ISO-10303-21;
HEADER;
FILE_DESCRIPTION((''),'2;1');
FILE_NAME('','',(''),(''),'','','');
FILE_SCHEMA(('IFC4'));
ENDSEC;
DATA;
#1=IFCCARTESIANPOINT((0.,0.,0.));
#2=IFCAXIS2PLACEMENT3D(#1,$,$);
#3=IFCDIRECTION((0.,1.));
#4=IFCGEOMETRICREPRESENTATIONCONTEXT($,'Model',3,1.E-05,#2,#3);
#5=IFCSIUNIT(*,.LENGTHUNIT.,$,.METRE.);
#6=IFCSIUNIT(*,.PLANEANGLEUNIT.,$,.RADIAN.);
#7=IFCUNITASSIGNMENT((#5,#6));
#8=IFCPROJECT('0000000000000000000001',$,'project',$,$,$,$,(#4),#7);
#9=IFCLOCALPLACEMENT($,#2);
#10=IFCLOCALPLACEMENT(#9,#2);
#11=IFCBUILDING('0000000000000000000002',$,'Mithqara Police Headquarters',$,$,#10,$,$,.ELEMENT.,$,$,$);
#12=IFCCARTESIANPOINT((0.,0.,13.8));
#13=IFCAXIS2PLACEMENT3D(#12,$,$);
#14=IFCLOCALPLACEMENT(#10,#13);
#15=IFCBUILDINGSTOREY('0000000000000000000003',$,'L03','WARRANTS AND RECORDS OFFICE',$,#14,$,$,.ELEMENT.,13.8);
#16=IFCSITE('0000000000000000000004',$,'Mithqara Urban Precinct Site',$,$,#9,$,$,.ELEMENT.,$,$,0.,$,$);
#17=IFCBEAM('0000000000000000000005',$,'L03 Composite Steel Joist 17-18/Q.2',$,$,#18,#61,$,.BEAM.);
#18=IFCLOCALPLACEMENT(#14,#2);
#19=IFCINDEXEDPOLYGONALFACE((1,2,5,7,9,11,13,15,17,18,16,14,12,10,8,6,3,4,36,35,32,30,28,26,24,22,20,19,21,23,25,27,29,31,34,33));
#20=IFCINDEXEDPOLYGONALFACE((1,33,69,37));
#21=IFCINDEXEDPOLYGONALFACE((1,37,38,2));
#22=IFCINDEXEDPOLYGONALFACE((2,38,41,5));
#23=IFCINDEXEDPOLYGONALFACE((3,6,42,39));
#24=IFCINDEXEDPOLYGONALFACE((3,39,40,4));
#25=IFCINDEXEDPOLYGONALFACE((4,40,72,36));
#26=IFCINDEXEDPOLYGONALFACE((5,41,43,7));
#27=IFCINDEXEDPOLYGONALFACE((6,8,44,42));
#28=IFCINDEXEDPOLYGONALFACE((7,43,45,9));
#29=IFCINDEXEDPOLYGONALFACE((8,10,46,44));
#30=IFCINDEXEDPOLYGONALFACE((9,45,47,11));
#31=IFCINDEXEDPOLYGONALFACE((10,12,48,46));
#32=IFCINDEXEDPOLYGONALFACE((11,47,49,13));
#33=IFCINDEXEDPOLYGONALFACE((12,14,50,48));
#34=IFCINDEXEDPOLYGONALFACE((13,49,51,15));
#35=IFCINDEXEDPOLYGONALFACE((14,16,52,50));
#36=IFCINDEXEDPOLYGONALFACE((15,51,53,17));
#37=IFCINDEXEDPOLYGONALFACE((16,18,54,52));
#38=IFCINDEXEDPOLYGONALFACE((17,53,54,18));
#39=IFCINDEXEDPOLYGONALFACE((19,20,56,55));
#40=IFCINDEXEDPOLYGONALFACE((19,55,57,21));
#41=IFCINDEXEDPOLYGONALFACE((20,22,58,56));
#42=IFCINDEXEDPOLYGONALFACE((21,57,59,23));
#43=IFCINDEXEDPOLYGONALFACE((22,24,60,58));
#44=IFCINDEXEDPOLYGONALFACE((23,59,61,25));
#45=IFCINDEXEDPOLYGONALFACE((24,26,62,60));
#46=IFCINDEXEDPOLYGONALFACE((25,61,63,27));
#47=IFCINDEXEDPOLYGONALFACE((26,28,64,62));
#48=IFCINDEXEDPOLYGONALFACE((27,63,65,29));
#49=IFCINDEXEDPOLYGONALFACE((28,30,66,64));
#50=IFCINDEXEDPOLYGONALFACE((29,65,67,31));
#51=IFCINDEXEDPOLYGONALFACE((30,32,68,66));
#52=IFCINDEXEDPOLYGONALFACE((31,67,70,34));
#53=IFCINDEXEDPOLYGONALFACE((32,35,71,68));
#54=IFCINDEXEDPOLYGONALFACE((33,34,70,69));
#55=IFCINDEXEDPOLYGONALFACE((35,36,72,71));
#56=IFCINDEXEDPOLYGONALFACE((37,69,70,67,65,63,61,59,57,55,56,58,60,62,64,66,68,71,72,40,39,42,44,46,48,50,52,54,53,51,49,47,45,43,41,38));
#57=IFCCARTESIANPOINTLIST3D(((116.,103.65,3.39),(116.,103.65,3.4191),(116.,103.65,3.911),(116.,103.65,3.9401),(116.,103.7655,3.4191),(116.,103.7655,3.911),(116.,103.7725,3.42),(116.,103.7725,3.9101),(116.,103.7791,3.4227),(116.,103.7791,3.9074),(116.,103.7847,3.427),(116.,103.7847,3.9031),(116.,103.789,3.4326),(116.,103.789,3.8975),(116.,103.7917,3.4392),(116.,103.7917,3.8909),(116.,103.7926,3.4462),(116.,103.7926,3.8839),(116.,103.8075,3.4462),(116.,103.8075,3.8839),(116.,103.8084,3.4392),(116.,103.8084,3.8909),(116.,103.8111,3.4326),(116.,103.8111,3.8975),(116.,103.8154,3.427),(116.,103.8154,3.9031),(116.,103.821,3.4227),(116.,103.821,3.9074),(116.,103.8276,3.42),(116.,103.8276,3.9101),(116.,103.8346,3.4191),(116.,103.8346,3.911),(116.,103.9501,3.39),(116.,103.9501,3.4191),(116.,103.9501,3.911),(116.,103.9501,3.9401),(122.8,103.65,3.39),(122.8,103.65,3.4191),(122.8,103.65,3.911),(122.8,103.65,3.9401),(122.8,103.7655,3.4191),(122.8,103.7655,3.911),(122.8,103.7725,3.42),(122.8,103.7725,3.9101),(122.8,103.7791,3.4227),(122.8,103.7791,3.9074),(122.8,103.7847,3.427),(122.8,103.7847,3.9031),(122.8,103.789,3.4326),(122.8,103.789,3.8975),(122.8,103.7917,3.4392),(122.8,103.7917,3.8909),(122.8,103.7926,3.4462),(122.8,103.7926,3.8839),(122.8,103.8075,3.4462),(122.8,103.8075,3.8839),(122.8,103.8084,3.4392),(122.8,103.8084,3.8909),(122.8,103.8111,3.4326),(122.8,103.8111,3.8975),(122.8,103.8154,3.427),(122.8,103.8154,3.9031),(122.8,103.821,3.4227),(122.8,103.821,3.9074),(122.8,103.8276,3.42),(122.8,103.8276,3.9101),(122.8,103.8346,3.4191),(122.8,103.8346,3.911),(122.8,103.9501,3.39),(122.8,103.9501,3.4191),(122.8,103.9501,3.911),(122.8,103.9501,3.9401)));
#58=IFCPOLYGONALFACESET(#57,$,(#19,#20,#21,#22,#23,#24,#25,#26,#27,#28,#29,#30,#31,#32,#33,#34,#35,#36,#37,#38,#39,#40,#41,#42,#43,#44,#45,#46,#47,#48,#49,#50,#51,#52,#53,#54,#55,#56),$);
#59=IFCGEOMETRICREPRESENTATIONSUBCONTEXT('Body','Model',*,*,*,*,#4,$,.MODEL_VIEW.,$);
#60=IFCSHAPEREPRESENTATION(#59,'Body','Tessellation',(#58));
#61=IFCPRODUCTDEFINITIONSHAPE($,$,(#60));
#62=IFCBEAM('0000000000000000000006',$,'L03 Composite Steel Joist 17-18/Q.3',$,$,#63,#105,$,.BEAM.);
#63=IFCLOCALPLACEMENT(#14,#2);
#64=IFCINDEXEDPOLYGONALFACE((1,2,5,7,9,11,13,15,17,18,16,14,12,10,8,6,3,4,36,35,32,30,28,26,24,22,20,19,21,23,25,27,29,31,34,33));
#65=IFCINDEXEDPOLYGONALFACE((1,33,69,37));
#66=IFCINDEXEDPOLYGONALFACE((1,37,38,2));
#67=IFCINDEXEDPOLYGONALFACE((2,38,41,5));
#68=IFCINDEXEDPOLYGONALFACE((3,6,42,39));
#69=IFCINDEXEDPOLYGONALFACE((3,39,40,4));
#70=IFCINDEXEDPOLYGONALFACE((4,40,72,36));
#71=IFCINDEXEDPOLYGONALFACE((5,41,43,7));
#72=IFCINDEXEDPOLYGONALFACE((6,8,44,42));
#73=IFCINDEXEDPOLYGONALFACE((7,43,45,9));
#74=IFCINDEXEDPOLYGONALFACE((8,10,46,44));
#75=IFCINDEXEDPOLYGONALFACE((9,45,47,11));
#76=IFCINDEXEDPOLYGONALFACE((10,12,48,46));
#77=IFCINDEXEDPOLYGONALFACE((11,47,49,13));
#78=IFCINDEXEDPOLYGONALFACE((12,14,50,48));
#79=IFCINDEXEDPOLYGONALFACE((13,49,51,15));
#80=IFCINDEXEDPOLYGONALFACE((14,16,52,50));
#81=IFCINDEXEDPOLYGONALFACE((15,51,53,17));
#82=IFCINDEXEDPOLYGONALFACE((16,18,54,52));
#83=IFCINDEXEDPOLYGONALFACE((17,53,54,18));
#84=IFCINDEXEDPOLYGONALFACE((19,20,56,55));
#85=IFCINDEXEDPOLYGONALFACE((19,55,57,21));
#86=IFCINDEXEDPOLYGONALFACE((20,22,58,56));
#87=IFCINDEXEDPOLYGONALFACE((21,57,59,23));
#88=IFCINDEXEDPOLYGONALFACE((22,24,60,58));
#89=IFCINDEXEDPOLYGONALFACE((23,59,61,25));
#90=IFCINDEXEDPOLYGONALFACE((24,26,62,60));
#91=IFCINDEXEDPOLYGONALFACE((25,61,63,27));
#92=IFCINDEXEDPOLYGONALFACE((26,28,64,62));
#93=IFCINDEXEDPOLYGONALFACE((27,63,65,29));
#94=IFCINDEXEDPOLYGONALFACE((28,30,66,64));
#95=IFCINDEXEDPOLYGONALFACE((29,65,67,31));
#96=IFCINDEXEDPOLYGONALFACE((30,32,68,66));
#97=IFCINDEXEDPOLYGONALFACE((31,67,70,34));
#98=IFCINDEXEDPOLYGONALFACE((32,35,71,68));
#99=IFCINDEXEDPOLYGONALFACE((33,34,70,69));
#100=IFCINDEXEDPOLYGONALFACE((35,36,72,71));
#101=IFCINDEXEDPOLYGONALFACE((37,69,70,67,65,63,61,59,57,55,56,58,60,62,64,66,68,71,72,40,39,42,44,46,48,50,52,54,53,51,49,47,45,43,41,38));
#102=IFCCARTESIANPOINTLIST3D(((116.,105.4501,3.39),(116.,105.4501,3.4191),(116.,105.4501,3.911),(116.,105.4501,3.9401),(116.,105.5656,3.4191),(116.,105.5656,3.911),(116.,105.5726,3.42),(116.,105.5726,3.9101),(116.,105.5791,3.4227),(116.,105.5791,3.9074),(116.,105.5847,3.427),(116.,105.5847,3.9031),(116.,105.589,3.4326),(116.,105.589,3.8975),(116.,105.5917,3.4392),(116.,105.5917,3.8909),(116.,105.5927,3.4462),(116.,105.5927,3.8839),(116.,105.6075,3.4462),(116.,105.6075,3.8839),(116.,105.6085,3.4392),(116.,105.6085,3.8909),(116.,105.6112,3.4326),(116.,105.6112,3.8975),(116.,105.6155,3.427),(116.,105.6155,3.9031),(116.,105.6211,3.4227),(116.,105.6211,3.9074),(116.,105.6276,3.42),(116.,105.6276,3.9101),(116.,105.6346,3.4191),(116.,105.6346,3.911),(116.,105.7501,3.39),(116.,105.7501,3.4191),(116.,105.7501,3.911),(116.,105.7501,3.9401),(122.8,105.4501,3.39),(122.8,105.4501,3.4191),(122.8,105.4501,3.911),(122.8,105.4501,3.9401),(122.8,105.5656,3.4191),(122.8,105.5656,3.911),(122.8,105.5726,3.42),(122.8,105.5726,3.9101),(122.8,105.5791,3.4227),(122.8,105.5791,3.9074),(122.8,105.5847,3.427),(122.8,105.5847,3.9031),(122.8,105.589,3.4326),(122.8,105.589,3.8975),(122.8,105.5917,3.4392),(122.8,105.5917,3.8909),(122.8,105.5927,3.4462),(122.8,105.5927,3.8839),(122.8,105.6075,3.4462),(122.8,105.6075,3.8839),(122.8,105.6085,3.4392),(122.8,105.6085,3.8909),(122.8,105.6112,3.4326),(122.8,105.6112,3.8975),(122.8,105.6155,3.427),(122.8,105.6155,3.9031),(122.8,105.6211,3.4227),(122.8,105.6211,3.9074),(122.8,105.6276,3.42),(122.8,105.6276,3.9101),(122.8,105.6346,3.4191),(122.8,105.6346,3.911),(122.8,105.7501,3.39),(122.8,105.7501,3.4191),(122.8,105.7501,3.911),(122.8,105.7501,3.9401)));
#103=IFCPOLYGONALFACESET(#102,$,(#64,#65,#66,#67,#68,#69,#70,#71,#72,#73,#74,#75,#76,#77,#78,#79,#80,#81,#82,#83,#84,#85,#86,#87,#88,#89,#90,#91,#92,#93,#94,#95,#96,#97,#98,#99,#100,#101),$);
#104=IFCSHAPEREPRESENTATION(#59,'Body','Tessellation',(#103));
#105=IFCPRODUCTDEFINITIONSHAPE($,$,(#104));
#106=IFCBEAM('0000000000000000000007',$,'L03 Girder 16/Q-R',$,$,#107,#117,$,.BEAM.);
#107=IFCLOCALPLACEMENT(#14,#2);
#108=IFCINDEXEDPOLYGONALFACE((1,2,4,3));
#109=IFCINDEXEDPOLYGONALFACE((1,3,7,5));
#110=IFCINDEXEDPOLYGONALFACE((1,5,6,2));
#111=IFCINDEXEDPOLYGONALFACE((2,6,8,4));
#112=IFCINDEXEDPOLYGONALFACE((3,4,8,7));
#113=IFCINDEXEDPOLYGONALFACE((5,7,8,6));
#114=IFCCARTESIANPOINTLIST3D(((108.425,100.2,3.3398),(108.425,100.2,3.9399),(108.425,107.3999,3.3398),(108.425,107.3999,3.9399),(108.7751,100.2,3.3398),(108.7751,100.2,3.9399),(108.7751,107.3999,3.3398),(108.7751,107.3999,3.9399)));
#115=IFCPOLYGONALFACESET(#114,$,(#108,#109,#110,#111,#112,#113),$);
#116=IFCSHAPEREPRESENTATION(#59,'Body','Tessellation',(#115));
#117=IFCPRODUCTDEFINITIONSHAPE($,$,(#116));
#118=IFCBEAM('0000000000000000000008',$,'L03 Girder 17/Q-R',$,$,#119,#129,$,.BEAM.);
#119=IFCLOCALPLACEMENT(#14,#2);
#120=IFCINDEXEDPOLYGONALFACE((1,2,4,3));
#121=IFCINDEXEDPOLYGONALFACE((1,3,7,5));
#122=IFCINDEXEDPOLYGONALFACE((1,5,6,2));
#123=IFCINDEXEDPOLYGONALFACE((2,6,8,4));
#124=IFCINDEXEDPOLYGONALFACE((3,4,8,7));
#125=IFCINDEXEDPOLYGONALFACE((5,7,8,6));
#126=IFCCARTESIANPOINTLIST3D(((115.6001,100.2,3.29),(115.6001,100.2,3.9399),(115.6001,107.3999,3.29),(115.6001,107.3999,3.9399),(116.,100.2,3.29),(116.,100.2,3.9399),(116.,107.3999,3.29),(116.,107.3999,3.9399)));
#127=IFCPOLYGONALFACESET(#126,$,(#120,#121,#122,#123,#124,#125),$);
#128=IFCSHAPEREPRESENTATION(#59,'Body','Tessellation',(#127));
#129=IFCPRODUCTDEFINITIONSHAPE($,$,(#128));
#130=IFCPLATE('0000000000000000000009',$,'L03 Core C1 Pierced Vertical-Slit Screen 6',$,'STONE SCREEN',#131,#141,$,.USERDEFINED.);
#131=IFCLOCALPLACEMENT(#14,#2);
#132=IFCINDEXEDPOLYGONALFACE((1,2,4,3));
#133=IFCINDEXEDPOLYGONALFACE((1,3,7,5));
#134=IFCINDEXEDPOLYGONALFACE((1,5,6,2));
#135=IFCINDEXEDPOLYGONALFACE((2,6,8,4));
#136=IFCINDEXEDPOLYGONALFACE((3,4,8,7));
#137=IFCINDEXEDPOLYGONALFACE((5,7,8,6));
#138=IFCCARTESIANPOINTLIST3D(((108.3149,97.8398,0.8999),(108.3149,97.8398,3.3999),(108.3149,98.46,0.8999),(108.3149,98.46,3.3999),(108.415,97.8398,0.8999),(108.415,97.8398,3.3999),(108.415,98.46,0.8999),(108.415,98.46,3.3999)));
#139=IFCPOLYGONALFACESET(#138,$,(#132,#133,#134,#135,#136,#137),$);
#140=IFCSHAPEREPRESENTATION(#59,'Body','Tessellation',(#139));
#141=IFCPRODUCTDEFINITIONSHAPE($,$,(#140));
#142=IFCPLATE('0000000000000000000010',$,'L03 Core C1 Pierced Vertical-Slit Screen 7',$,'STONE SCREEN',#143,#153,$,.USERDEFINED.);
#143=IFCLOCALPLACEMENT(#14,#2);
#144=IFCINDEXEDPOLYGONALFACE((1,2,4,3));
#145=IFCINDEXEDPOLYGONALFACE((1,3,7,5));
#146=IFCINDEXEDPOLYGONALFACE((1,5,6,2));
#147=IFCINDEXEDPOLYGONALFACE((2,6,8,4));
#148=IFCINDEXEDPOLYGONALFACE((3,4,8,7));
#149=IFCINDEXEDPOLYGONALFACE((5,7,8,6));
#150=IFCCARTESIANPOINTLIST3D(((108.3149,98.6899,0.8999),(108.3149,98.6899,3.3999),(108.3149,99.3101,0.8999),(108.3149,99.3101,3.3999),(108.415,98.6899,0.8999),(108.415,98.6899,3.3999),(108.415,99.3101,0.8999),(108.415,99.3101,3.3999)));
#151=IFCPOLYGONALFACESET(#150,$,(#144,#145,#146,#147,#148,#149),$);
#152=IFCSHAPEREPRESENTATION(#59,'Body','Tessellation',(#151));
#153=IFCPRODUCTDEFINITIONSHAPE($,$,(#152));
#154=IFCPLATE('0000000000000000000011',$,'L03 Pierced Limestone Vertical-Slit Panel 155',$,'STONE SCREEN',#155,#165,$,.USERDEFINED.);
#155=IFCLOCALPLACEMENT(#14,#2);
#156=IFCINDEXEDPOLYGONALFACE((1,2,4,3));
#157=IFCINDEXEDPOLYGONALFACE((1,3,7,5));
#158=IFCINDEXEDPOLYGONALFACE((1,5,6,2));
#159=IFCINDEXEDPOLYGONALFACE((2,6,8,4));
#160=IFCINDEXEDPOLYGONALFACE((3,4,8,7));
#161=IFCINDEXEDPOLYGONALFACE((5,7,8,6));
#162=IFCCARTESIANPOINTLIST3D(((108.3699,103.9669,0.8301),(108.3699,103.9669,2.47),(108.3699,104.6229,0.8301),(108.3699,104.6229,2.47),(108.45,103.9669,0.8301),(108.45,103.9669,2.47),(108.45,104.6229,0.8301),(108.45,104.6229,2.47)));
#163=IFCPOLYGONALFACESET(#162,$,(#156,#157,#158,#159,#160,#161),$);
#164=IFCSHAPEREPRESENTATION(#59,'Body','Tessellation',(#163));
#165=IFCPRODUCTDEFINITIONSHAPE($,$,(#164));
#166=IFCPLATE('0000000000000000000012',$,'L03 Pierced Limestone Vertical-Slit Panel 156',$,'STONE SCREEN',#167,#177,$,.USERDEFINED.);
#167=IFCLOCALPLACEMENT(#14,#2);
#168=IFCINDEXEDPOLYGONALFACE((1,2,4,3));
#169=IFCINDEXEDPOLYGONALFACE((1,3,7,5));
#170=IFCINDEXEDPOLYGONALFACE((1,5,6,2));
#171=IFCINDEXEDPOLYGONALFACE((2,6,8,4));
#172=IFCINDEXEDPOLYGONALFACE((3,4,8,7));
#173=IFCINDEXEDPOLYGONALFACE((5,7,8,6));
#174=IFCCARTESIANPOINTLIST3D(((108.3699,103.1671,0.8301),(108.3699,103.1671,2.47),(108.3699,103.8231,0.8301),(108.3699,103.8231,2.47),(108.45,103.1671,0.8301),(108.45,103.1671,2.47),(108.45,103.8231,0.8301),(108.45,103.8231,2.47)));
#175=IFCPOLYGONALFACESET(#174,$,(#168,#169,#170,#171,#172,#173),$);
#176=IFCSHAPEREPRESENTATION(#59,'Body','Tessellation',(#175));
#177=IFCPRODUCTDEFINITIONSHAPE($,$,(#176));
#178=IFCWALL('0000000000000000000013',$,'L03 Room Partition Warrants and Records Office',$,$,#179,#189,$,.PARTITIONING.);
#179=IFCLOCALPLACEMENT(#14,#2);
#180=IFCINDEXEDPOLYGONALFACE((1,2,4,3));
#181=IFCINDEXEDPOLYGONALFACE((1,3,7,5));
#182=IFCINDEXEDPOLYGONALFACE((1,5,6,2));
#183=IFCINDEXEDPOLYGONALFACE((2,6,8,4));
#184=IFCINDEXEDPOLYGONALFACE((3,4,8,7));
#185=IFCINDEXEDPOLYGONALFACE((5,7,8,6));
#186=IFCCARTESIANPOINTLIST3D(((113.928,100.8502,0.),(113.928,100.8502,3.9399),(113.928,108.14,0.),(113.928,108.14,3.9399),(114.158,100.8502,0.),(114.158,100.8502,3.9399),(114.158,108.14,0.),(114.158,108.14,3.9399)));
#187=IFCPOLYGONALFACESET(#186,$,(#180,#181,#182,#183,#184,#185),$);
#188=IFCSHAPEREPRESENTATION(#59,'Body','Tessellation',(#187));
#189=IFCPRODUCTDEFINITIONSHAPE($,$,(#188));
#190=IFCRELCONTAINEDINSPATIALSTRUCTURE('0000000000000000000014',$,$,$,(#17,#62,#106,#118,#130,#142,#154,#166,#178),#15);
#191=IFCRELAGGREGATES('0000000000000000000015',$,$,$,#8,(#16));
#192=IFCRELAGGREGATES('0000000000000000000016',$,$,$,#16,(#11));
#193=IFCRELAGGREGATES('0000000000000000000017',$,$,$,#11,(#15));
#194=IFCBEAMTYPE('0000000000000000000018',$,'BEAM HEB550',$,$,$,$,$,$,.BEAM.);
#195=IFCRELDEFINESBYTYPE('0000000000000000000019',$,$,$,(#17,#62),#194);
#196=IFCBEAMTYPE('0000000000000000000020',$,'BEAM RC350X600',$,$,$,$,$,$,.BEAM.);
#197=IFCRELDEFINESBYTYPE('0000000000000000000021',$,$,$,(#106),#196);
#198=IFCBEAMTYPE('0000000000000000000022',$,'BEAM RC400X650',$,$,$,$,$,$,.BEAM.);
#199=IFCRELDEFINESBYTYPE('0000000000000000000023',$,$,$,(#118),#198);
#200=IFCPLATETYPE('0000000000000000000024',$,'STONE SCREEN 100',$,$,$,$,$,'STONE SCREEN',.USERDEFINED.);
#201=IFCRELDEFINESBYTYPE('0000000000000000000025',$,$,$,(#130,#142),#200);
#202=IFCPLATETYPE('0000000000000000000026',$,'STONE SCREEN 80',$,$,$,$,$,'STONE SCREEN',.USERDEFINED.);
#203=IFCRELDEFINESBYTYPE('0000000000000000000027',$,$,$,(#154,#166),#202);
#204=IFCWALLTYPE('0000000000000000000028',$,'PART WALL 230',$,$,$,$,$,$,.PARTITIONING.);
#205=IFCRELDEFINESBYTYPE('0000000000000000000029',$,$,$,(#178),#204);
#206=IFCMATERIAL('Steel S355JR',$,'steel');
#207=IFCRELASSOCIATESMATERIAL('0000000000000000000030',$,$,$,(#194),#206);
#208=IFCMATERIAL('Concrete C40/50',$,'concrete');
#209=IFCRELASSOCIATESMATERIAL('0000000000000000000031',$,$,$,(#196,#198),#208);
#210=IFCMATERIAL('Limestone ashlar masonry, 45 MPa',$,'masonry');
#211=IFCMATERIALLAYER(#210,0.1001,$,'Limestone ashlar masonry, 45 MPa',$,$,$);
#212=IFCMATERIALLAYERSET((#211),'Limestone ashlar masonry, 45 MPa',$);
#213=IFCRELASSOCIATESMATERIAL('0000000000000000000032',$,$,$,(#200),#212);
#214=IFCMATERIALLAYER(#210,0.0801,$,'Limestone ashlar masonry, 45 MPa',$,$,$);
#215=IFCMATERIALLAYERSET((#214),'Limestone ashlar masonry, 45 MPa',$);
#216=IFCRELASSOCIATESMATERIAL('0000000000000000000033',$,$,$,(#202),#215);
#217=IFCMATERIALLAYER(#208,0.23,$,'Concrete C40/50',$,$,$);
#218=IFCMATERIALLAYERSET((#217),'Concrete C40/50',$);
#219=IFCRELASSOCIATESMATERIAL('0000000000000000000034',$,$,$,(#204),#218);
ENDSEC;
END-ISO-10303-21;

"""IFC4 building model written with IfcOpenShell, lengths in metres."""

from ifc_helpers import new_model, si_unit, direction, frame, frame_2d, origin, origin_2d, place, context, subcontext, project, spatial, rectangle, i_section, extrude, material, layer, layer_set, material_profile, profile_set, type_object, element, save


model = new_model("IFC4")

# Units and contexts
model_context = context("Model", 3, precision=1e-05, world=origin(), true_north=direction((0.0, 1.0)))
body_context = subcontext(model_context, "Body", "Model", "MODEL_VIEW")
ifc_project = project(units=[si_unit("LENGTHUNIT", "METRE"), si_unit("PLANEANGLEUNIT", "RADIAN")], contexts=[model_context])

# Site, building, storey
site_placement = place(None, origin())
site = spatial("IfcSite", under=ifc_project, at=site_placement, Name="Mithqara Urban Precinct Site", CompositionType="ELEMENT", RefElevation=0.0)
building_placement = place(site_placement, origin())
building = spatial("IfcBuilding", under=site, at=building_placement, Name="Mithqara Police Headquarters", CompositionType="ELEMENT")
storey_placement = place(building_placement, frame((0.0, 0.0, 13.8)))
storey = spatial("IfcBuildingStorey", under=building, at=storey_placement, Name="L03", Description="WARRANTS AND RECORDS OFFICE", CompositionType="ELEMENT", Elevation=13.8)

# Beams
ifc_material_1 = material(Name="Steel S355JR", Category="steel")
ifc_material_profile_1 = material_profile(ifc_material_1, i_section(OverallWidth=0.3, OverallDepth=0.55, WebThickness=0.0149, FlangeThickness=0.0291, FilletRadius=0.0271, at=origin_2d()), Name="HEB 550")
ifc_profile_set_1 = profile_set([ifc_material_profile_1], Name="Steel S355JR")
beam_type_1 = type_object("IfcBeamType", Name="BEAM HEB550", PredefinedType="BEAM", material=ifc_profile_set_1)
for number, where, z_axis, x_axis, name in (
    (1, (116.0, 103.8, 3.665), (1.0, 0.0, 0.0), (0.0, 1.0, 0.0), "L03 Composite Steel Joist 17-18/Q.2"),
    (2, (116.0, 105.6001, 3.665), (1.0, 0.0, 0.0), (0.0, 1.0, 0.0), "L03 Composite Steel Joist 17-18/Q.3"),
):
    element("IfcBeam", number, at=place(storey_placement, frame(where, z_axis=z_axis, x_axis=x_axis)), inside=storey, type_object=beam_type_1, Name=name, PredefinedType="BEAM", context=body_context, shape_type="SweptSolid", body=[
        extrude(i_section(OverallWidth=0.3, OverallDepth=0.55, WebThickness=0.0149, FlangeThickness=0.0291, FilletRadius=0.0271, at=origin_2d()), origin(), (0.0, 0.0, 1.0), 6.8),
    ])
ifc_material_2 = material(Name="Concrete C40/50", Category="concrete")
ifc_material_profile_2 = material_profile(ifc_material_2, rectangle(XDim=0.3501, YDim=0.6001, at=origin_2d()), Name="RC 350x600")
ifc_profile_set_2 = profile_set([ifc_material_profile_2], Name="Concrete C40/50")
beam_type_2 = type_object("IfcBeamType", Name="BEAM RC350X600", PredefinedType="BEAM", material=ifc_profile_set_2)
beam_1_placement = place(storey_placement, frame((108.6001, 100.2, 3.6399), z_axis=(0.0, 1.0, 0.0), x_axis=(-1.0, 0.0, 0.0)))
element("IfcBeam", 3, at=beam_1_placement, inside=storey, type_object=beam_type_2, Name="L03 Girder 16/Q-R", PredefinedType="BEAM", context=body_context, shape_type="SweptSolid", body=[
    extrude(rectangle(XDim=0.3501, YDim=0.6001, at=origin_2d()), origin(), (0.0, 0.0, 1.0), 7.2),
])
ifc_material_profile_3 = material_profile(ifc_material_2, rectangle(XDim=0.3999, YDim=0.6499, at=origin_2d()), Name="RC 400x650")
ifc_profile_set_3 = profile_set([ifc_material_profile_3], Name="Concrete C40/50")
beam_type_3 = type_object("IfcBeamType", Name="BEAM RC400X650", PredefinedType="BEAM", material=ifc_profile_set_3)
beam_2_placement = place(storey_placement, frame((115.8, 100.2, 3.615), z_axis=(0.0, 1.0, 0.0), x_axis=(-1.0, 0.0, 0.0)))
element("IfcBeam", 4, at=beam_2_placement, inside=storey, type_object=beam_type_3, Name="L03 Girder 17/Q-R", PredefinedType="BEAM", context=body_context, shape_type="SweptSolid", body=[
    extrude(rectangle(XDim=0.3999, YDim=0.6499, at=origin_2d()), origin(), (0.0, 0.0, 1.0), 7.2),
])

# Plates
ifc_material_3 = material(Name="Limestone ashlar masonry, 45 MPa", Category="masonry")
ifc_layer_1 = layer(ifc_material_3, 0.1001, Name="Limestone ashlar masonry, 45 MPa")
ifc_layer_set_1 = layer_set([ifc_layer_1], Name="Limestone ashlar masonry, 45 MPa")
plate_type_1 = type_object("IfcPlateType", Name="STONE SCREEN 100", ElementType="STONE SCREEN", PredefinedType="USERDEFINED", material=ifc_layer_set_1)
for number, where, z_axis, x_axis, name in (
    (5, (108.365, 98.1499, 0.8999), (0.0, 0.0, 1.0), (0.0, 1.0, 0.0), "L03 Core C1 Pierced Vertical-Slit Screen 6"),
    (6, (108.365, 99.0, 0.8999), (0.0, 0.0, 1.0), (0.0, 1.0, 0.0), "L03 Core C1 Pierced Vertical-Slit Screen 7"),
):
    element("IfcPlate", number, at=place(storey_placement, frame(where, z_axis=z_axis, x_axis=x_axis)), inside=storey, type_object=plate_type_1, Name=name, ObjectType="STONE SCREEN", PredefinedType="USERDEFINED", context=body_context, shape_type="SweptSolid", body=[
        extrude(rectangle(XDim=0.6201, YDim=0.1001, at=origin_2d()), origin(), (0.0, 0.0, 1.0), 2.5),
    ])
ifc_layer_2 = layer(ifc_material_3, 0.0801, Name="Limestone ashlar masonry, 45 MPa")
ifc_layer_set_2 = layer_set([ifc_layer_2], Name="Limestone ashlar masonry, 45 MPa")
plate_type_2 = type_object("IfcPlateType", Name="STONE SCREEN 80", ElementType="STONE SCREEN", PredefinedType="USERDEFINED", material=ifc_layer_set_2)
for number, where, z_axis, x_axis, name in (
    (7, (108.4099, 104.2949, 0.8301), (0.0, 0.0, 1.0), (0.0, 1.0, 0.0), "L03 Pierced Limestone Vertical-Slit Panel 155"),
    (8, (108.4099, 103.4951, 0.8301), (0.0, 0.0, 1.0), (0.0, 1.0, 0.0), "L03 Pierced Limestone Vertical-Slit Panel 156"),
):
    element("IfcPlate", number, at=place(storey_placement, frame(where, z_axis=z_axis, x_axis=x_axis)), inside=storey, type_object=plate_type_2, Name=name, ObjectType="STONE SCREEN", PredefinedType="USERDEFINED", context=body_context, shape_type="SweptSolid", body=[
        extrude(rectangle(XDim=0.656, YDim=0.0801, at=origin_2d()), origin(), (0.0, 0.0, 1.0), 1.6399),
    ])

# Wall
ifc_layer_3 = layer(ifc_material_2, 0.23, Name="Concrete C40/50")
ifc_layer_set_3 = layer_set([ifc_layer_3], Name="Concrete C40/50")
wall_type_1 = type_object("IfcWallType", Name="PART WALL 230", PredefinedType="PARTITIONING", material=ifc_layer_set_3)
wall_1_placement = place(storey_placement, frame((114.043, 100.8501, 0.0), z_axis=(0.0, 0.0, 1.0), x_axis=(0.0, 1.0, 0.0)))
element("IfcWall", 9, at=wall_1_placement, inside=storey, type_object=wall_type_1, Name="L03 Room Partition Warrants and Records Office", PredefinedType="PARTITIONING", context=body_context, shape_type="SweptSolid", body=[
    extrude(rectangle(XDim=7.2898, YDim=0.23, at=frame_2d((3.645, 0.0))), origin(), (0.0, 0.0, 1.0), 3.9399),
])

save(model, "model.ifc")
